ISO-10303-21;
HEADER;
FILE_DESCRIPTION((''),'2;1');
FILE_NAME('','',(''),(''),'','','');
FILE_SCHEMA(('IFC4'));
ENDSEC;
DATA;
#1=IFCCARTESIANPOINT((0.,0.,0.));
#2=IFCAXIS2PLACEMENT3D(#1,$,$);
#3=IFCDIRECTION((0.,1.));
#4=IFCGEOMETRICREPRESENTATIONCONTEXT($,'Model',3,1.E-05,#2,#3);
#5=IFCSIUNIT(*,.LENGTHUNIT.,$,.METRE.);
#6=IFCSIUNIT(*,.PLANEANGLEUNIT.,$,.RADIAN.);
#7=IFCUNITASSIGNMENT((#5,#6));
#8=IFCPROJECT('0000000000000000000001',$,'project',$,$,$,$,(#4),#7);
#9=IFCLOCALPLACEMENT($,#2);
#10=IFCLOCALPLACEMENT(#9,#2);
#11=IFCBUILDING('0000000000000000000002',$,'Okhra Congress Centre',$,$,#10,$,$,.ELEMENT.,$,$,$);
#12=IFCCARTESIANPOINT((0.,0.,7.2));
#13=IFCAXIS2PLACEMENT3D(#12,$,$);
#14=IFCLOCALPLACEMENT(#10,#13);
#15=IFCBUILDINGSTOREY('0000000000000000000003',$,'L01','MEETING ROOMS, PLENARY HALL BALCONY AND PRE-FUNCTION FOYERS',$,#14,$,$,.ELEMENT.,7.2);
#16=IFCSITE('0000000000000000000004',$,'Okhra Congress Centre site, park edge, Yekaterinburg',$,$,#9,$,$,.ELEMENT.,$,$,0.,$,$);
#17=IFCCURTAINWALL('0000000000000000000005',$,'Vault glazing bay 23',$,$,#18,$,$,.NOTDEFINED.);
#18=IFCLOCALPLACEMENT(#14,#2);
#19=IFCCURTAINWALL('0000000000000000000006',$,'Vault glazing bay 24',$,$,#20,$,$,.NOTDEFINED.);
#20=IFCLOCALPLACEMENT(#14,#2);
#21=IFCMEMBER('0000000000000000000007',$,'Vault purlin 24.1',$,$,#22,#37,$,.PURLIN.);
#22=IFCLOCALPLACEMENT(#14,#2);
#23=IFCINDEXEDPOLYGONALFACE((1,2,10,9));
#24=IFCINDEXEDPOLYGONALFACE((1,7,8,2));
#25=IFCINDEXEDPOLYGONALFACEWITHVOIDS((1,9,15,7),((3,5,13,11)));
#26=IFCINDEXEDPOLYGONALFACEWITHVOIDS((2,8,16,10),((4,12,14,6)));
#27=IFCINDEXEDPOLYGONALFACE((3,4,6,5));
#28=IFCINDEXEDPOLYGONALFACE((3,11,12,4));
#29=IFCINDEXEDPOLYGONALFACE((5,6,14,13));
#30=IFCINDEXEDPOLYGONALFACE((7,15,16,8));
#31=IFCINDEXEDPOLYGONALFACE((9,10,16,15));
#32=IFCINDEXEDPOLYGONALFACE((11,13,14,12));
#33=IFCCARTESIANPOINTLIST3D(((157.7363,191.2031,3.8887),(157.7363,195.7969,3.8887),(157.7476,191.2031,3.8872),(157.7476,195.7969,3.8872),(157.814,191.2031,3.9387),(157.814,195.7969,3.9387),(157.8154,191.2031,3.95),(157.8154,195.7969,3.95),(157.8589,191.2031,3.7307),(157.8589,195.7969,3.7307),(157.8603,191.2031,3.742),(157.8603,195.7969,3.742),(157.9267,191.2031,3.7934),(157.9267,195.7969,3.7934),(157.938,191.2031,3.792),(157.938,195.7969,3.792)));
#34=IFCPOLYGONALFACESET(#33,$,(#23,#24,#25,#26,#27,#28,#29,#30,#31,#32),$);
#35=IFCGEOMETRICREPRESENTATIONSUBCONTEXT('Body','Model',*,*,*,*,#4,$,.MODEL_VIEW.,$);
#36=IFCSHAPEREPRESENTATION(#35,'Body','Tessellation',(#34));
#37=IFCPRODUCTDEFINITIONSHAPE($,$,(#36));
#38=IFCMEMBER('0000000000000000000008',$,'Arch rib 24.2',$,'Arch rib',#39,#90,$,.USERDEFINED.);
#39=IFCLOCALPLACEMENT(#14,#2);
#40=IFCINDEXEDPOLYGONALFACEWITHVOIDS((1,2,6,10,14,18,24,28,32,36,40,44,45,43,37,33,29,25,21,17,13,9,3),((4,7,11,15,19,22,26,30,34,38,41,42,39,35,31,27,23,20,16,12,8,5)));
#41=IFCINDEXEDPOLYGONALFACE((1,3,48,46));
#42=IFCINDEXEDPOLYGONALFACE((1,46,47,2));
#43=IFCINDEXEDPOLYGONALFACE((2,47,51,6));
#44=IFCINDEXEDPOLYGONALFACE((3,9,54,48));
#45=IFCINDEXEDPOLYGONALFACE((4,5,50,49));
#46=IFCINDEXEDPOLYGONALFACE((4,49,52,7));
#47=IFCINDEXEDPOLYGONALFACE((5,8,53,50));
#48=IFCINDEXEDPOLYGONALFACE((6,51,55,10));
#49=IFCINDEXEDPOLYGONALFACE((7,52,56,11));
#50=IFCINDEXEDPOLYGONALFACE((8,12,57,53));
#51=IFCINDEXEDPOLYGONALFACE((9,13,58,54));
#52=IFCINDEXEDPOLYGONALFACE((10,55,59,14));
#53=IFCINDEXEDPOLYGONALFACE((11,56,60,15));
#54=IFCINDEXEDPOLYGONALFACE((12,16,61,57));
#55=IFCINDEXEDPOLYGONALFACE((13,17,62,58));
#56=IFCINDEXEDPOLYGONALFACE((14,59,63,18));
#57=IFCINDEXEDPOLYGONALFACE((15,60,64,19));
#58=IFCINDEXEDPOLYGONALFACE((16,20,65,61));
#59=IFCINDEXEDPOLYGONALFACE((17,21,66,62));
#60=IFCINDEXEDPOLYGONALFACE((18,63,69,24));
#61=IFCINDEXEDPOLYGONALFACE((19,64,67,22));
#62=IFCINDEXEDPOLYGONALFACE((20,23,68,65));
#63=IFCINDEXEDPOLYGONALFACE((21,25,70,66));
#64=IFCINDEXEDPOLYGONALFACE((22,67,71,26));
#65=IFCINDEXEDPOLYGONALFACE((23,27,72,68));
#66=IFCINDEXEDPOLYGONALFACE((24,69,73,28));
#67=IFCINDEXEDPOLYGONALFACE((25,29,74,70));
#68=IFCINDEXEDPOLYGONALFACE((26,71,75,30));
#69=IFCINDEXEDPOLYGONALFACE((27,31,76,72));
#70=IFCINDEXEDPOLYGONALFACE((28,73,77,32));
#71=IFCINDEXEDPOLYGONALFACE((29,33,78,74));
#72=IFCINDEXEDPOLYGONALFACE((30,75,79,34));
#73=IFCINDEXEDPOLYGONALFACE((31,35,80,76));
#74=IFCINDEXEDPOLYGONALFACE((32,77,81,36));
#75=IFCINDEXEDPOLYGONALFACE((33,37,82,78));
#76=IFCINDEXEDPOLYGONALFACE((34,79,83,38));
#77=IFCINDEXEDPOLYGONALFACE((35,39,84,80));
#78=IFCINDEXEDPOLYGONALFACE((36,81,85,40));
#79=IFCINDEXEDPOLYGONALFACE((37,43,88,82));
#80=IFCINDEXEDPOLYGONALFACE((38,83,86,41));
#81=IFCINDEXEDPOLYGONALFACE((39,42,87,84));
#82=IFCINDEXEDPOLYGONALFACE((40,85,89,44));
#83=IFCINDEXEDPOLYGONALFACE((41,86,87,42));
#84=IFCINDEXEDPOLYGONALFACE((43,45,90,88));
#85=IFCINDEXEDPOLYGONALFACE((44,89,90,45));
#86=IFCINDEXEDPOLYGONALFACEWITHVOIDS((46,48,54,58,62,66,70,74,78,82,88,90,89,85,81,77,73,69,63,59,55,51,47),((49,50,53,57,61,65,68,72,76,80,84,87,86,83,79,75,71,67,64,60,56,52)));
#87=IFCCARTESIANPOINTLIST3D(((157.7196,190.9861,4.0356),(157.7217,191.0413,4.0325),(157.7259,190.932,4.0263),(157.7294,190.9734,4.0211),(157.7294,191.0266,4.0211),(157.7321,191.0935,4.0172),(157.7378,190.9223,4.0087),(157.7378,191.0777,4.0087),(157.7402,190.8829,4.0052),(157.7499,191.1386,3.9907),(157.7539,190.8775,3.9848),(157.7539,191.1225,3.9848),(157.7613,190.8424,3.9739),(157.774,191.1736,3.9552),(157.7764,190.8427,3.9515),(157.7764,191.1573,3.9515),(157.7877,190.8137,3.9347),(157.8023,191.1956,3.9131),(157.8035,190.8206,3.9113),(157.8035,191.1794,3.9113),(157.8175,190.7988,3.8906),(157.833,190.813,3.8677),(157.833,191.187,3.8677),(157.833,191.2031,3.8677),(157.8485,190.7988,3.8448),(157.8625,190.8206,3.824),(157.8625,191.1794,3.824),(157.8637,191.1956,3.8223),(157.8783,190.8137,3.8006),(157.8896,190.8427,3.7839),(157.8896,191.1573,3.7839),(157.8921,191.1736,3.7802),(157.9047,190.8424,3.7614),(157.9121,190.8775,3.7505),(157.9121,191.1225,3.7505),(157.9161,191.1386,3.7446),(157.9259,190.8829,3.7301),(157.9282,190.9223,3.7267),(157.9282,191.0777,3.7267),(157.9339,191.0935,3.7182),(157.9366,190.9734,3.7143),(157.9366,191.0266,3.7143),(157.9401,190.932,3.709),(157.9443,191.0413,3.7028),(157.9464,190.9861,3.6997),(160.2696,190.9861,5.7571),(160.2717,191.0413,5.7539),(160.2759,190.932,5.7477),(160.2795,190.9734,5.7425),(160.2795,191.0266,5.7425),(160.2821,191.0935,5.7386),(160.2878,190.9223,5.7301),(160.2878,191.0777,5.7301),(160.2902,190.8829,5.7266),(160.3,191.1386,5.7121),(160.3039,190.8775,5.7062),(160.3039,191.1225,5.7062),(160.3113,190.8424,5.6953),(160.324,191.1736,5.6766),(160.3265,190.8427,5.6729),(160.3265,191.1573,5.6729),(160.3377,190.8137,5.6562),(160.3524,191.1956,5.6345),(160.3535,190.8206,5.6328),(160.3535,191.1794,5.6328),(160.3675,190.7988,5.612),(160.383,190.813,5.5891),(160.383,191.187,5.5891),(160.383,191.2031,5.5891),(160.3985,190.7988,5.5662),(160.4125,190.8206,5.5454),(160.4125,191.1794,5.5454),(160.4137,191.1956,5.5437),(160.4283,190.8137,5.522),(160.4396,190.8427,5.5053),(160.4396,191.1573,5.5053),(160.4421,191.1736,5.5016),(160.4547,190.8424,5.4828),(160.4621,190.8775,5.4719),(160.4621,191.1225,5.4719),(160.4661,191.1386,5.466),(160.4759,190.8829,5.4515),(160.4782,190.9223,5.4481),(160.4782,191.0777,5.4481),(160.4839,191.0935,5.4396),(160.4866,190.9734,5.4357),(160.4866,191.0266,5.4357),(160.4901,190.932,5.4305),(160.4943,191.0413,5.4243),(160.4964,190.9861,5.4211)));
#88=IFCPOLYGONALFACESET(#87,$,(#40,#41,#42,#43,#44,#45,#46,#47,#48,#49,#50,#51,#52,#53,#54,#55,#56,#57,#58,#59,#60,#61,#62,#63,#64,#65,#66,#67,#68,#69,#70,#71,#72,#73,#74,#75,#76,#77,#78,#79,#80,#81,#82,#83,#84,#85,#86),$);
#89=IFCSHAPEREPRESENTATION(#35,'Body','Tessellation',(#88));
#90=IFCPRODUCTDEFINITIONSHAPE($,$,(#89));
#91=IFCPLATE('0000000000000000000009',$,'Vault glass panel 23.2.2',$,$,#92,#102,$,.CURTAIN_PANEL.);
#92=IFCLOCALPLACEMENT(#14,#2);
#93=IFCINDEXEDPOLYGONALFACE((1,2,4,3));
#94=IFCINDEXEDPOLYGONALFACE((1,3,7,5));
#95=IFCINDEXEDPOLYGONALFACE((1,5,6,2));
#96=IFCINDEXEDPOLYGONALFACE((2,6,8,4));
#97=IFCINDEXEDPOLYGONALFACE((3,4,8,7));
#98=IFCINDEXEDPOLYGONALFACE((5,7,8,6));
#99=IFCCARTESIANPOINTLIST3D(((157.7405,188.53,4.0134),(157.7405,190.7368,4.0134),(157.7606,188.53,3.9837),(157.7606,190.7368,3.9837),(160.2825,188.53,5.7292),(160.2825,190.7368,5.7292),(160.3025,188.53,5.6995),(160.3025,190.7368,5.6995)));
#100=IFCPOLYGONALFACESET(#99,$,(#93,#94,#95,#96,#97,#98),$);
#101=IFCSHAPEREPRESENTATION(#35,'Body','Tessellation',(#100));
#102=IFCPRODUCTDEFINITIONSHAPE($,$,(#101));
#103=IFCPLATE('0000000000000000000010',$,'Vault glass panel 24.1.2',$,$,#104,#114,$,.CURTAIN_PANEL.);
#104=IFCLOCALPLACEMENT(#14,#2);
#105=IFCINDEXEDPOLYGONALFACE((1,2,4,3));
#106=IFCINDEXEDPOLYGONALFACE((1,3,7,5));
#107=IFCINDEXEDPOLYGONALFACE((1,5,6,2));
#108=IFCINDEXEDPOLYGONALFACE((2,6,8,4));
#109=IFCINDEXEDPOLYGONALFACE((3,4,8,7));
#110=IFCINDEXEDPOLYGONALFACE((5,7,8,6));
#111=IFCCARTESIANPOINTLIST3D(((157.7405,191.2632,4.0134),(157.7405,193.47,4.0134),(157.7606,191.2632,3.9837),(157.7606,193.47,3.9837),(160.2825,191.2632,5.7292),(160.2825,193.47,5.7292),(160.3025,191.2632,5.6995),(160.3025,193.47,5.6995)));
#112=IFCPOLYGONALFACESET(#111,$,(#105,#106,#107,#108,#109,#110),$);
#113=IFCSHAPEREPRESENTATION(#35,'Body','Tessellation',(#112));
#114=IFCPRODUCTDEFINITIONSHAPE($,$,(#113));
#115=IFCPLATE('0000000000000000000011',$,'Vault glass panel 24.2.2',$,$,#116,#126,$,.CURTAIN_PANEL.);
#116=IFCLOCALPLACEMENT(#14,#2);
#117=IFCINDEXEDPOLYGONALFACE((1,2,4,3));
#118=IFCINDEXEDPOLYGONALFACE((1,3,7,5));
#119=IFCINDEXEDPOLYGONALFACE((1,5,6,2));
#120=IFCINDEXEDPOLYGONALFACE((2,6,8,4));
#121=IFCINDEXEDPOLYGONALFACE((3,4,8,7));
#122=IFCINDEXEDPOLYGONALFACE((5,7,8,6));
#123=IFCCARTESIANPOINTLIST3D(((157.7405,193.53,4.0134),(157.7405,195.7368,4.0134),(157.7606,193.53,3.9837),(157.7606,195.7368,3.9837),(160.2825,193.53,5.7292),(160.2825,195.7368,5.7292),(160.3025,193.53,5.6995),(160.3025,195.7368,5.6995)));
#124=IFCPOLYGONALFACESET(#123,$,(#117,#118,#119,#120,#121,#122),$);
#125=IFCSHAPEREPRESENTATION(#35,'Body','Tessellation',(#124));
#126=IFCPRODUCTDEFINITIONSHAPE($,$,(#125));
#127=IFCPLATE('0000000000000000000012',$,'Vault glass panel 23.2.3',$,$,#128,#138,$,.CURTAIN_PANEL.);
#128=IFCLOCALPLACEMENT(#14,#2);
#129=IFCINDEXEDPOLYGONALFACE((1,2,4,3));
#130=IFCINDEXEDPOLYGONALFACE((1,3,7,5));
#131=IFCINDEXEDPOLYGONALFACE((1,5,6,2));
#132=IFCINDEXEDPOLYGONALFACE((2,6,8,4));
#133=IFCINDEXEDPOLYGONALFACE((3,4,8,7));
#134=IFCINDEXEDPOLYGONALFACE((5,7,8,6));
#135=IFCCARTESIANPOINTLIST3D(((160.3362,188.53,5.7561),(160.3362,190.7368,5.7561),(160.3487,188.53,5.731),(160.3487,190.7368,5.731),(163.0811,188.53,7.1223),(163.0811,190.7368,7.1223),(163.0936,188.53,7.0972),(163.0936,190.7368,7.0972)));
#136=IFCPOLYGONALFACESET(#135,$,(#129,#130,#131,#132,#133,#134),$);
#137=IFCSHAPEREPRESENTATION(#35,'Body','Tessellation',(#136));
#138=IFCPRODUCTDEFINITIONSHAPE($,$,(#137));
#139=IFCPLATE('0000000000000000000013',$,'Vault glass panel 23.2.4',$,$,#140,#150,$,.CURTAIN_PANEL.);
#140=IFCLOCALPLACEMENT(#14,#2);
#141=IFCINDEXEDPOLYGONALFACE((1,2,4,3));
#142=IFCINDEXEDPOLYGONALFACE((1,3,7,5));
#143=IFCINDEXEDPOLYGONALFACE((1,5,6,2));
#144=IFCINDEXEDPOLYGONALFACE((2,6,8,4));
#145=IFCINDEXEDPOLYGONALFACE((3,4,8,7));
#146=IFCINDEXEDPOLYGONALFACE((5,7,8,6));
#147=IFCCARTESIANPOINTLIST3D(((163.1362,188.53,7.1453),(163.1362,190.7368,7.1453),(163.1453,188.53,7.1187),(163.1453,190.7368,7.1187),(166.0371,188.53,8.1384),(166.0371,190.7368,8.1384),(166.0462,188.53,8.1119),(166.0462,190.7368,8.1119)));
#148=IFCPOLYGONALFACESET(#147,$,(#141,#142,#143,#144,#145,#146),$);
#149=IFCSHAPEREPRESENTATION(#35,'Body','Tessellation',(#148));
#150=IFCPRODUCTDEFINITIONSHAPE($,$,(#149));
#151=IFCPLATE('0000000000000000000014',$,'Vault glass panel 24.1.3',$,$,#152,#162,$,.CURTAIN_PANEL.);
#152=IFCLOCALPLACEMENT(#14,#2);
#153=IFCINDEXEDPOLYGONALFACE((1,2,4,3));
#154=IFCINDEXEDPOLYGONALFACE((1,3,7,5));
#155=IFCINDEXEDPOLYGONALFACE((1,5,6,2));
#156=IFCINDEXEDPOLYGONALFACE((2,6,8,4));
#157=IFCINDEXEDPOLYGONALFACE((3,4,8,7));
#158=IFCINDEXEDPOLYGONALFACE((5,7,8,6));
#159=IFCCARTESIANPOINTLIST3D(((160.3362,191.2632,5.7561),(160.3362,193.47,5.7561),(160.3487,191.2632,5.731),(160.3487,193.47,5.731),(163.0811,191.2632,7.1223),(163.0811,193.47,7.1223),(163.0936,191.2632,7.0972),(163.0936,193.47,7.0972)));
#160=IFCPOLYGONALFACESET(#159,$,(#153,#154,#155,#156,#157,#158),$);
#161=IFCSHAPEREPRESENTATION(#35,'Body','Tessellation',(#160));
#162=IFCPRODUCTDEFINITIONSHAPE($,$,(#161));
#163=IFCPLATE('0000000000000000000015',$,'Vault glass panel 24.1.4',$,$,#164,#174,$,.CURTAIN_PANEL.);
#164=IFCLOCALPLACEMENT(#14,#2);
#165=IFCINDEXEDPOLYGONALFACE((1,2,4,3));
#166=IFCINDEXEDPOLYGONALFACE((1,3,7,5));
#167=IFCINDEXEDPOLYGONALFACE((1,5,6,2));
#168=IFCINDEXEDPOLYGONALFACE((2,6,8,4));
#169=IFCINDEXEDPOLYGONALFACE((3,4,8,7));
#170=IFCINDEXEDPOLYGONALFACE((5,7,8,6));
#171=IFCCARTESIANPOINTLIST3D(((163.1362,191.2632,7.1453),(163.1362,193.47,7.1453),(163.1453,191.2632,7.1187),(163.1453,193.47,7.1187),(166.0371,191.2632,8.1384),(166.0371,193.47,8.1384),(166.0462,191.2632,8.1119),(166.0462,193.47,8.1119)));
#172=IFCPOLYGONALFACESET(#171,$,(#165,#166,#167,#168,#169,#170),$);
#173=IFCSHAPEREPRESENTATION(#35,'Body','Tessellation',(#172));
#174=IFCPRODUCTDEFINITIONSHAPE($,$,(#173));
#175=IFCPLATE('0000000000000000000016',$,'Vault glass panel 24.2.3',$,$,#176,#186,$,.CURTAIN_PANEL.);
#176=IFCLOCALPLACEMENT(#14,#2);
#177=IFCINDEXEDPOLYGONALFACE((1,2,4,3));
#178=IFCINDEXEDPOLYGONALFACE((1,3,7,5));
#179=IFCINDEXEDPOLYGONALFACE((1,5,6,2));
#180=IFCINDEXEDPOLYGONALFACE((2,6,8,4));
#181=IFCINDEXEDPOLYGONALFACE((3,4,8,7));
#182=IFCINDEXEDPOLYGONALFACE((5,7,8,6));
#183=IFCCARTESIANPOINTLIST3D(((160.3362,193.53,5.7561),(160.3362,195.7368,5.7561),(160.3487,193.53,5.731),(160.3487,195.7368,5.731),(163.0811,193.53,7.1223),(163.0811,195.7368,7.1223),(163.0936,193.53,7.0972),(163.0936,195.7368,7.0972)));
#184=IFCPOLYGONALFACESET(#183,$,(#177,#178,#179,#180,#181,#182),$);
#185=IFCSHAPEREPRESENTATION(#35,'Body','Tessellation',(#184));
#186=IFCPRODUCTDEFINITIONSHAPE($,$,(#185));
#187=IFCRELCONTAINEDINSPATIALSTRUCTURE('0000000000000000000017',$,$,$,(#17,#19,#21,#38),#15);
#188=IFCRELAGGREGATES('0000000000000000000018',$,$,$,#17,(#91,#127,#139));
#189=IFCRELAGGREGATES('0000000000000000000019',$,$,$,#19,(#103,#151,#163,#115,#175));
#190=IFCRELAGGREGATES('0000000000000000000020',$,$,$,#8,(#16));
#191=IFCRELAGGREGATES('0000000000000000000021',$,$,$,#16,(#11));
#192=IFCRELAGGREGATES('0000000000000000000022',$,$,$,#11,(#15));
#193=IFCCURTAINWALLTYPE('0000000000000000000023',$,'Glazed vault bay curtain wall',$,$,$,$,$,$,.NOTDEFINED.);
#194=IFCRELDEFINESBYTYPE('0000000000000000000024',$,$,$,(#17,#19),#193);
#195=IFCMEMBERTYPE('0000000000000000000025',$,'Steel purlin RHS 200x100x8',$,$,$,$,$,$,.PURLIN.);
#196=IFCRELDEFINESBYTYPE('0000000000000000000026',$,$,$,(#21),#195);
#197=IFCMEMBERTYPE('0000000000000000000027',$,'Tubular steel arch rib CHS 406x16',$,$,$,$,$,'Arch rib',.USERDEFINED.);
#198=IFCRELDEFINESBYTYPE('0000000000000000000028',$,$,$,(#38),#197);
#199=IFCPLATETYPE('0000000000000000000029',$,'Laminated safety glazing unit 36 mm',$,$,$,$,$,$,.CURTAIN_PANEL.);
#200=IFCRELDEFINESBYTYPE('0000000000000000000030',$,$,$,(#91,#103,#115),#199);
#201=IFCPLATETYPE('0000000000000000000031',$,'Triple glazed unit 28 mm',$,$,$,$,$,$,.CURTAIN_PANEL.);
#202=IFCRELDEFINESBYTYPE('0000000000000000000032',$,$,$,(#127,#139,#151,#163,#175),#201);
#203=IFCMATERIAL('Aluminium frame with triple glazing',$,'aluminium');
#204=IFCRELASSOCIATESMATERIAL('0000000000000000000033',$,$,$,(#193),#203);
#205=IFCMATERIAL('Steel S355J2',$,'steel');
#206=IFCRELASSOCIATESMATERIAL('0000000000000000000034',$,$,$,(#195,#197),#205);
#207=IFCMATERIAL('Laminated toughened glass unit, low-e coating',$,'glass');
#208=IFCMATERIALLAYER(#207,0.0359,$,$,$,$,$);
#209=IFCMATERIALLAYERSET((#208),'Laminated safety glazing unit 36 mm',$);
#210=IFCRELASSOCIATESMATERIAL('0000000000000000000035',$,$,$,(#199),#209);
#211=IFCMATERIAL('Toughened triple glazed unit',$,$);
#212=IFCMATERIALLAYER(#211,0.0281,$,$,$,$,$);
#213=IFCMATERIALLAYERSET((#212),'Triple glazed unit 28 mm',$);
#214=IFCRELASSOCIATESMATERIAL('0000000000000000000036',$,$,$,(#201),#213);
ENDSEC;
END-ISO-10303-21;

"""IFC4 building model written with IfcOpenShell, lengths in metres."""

from ifc_helpers import new_model, si_unit, direction, frame, origin, origin_2d, place, context, subcontext, project, spatial, polyline, hollow_rectangle, hollow_circle, outline, extrude, material, layer, layer_set, material_profile, profile_set, type_object, element, aggregate, save


model = new_model("IFC4")

# Units and contexts
model_context = context("Model", 3, precision=1e-05, world=origin(), true_north=direction((0.0, 1.0)))
body_context = subcontext(model_context, "Body", "Model", "MODEL_VIEW")
ifc_project = project(units=[si_unit("LENGTHUNIT", "METRE"), si_unit("PLANEANGLEUNIT", "RADIAN")], contexts=[model_context])

# Site, building, storey
site_placement = place(None, origin())
site = spatial("IfcSite", under=ifc_project, at=site_placement, Name="Okhra Congress Centre site, park edge, Yekaterinburg", CompositionType="ELEMENT", RefElevation=0.0)
building_placement = place(site_placement, origin())
building = spatial("IfcBuilding", under=site, at=building_placement, Name="Okhra Congress Centre", CompositionType="ELEMENT")
storey_placement = place(building_placement, frame((0.0, 0.0, 7.2)))
storey = spatial("IfcBuildingStorey", under=building, at=storey_placement, Name="L01", Description="MEETING ROOMS, PLENARY HALL BALCONY AND PRE-FUNCTION FOYERS", CompositionType="ELEMENT", Elevation=7.2)

# Curtain walls
ifc_material_1 = material(Name="Aluminium frame with triple glazing", Category="aluminium")
curtain_wall_type = type_object("IfcCurtainWallType", Name="Glazed vault bay curtain wall", PredefinedType="NOTDEFINED", material=ifc_material_1)
curtain_wall_1_placement = place(storey_placement, origin())
curtain_wall_1 = element("IfcCurtainWall", 1, at=curtain_wall_1_placement, inside=storey, type_object=curtain_wall_type, Name="Vault glazing bay 23", PredefinedType="NOTDEFINED")
curtain_wall_2_placement = place(storey_placement, origin())
curtain_wall_2 = element("IfcCurtainWall", 2, at=curtain_wall_2_placement, inside=storey, type_object=curtain_wall_type, Name="Vault glazing bay 24", PredefinedType="NOTDEFINED")

# Members
ifc_material_2 = material(Name="Steel S355J2", Category="steel")
ifc_material_profile_1 = material_profile(ifc_material_2, hollow_rectangle(XDim=0.1001, YDim=0.2, WallThickness=0.0081, at=origin_2d()), Name="RHS 200x100x8")
ifc_profile_set_1 = profile_set([ifc_material_profile_1], Name="Steel S355J2")
member_type_1 = type_object("IfcMemberType", Name="Steel purlin RHS 200x100x8", PredefinedType="PURLIN", material=ifc_profile_set_1)
member_1_placement = place(storey_placement, frame((157.8372, 191.2031, 3.8403), z_axis=(0.0, 1.0, 0.0), x_axis=(-0.790145, 0.0, -0.61292)))
element("IfcMember", 3, at=member_1_placement, inside=storey, type_object=member_type_1, Name="Vault purlin 24.1", PredefinedType="PURLIN", context=body_context, shape_type="SweptSolid", body=[
    extrude(hollow_rectangle(XDim=0.1001, YDim=0.2, WallThickness=0.0081, at=origin_2d()), origin(), (0.0, 0.0, 1.0), 4.5938),
])
ifc_material_profile_2 = material_profile(ifc_material_2, hollow_circle(Radius=0.2031, WallThickness=0.0161, at=origin_2d()), Name="CHS 406.4x16")
ifc_profile_set_2 = profile_set([ifc_material_profile_2], Name="Steel S355J2")
member_type_2 = type_object("IfcMemberType", Name="Tubular steel arch rib CHS 406x16", ElementType="Arch rib", PredefinedType="USERDEFINED", material=ifc_profile_set_2)
member_2_placement = place(storey_placement, frame((157.833, 191.0, 3.8677), z_axis=(0.828826, 0.0, 0.559507), x_axis=(0.0, 1.0, 0.0)))
element("IfcMember", 4, at=member_2_placement, inside=storey, type_object=member_type_2, Name="Arch rib 24.2", ObjectType="Arch rib", PredefinedType="USERDEFINED", context=body_context, shape_type="SweptSolid", body=[
    extrude(hollow_circle(Radius=0.2031, WallThickness=0.0161, at=origin_2d()), origin(), (0.0, 0.0, 1.0), 3.0767),
])

# Plates
ifc_material_3 = material(Name="Laminated toughened glass unit, low-e coating", Category="glass")
ifc_layer_1 = layer(ifc_material_3, 0.0359)
ifc_layer_set_1 = layer_set([ifc_layer_1], Name="Laminated safety glazing unit 36 mm")
plate_type_1 = type_object("IfcPlateType", Name="Laminated safety glazing unit 36 mm", PredefinedType="CURTAIN_PANEL", material=ifc_layer_set_1)
plate_1_placement = place(storey_placement, frame((157.7405, 188.53, 4.0134), z_axis=(-0.559467, 0.0, 0.828852), x_axis=(0.828852, 0.0, 0.559467)))
plate_1 = element("IfcPlate", 5, at=plate_1_placement, type_object=plate_type_1, Name="Vault glass panel 23.2.2", PredefinedType="CURTAIN_PANEL", context=body_context, shape_type="SweptSolid", body=[
    extrude(outline(polyline([(0.0, 0.0), (3.0669, 0.0), (3.0669, 2.2068), (0.0, 2.2068), (0.0, 0.0)])), origin(), (0.0, 0.0, -1.0), 0.0359),
])
plate_2_placement = place(storey_placement, frame((157.7405, 191.2632, 4.0134), z_axis=(-0.559467, 0.0, 0.828852), x_axis=(0.828852, 0.0, 0.559467)))
plate_2 = element("IfcPlate", 6, at=plate_2_placement, type_object=plate_type_1, Name="Vault glass panel 24.1.2", PredefinedType="CURTAIN_PANEL", context=body_context, shape_type="SweptSolid", body=[
    extrude(outline(polyline([(0.0, 0.0), (3.0669, 0.0), (3.0669, 2.2068), (0.0, 2.2068), (0.0, 0.0)])), origin(), (0.0, 0.0, -1.0), 0.0359),
])
plate_3_placement = place(storey_placement, frame((157.7405, 193.53, 4.0134), z_axis=(-0.559467, 0.0, 0.828852), x_axis=(0.828852, 0.0, 0.559467)))
plate_3 = element("IfcPlate", 7, at=plate_3_placement, type_object=plate_type_1, Name="Vault glass panel 24.2.2", PredefinedType="CURTAIN_PANEL", context=body_context, shape_type="SweptSolid", body=[
    extrude(outline(polyline([(0.0, 0.0), (3.0669, 0.0), (3.0669, 2.2068), (0.0, 2.2068), (0.0, 0.0)])), origin(), (0.0, 0.0, -1.0), 0.0359),
])
ifc_material_4 = material(Name="Toughened triple glazed unit")
ifc_layer_2 = layer(ifc_material_4, 0.0281)
ifc_layer_set_2 = layer_set([ifc_layer_2], Name="Triple glazed unit 28 mm")
plate_type_2 = type_object("IfcPlateType", Name="Triple glazed unit 28 mm", PredefinedType="CURTAIN_PANEL", material=ifc_layer_set_2)
plate_4_placement = place(storey_placement, frame((160.3362, 188.53, 5.7561), z_axis=(-0.445588, 0.0, 0.895238), x_axis=(0.895238, 0.0, 0.445588)))
plate_4 = element("IfcPlate", 8, at=plate_4_placement, type_object=plate_type_2, Name="Vault glass panel 23.2.3", PredefinedType="CURTAIN_PANEL", context=body_context, shape_type="SweptSolid", body=[
    extrude(outline(polyline([(0.0, 0.0), (3.0661, 0.0), (3.0661, 2.2068), (0.0, 2.2068), (0.0, 0.0)])), origin(), (0.0, 0.0, -1.0), 0.0281),
])
plate_5_placement = place(storey_placement, frame((163.1362, 188.53, 7.1453), z_axis=(-0.323909, 0.0, 0.946088), x_axis=(0.946088, 0.0, 0.323909)))
plate_5 = element("IfcPlate", 9, at=plate_5_placement, type_object=plate_type_2, Name="Vault glass panel 23.2.4", PredefinedType="CURTAIN_PANEL", context=body_context, shape_type="SweptSolid", body=[
    extrude(outline(polyline([(0.0, 0.0), (3.0662, 0.0), (3.0662, 2.2068), (0.0, 2.2068), (0.0, 0.0)])), origin(), (0.0, 0.0, -1.0), 0.0281),
])
aggregate(curtain_wall_1, [plate_1, plate_4, plate_5])
plate_6_placement = place(storey_placement, frame((160.3362, 191.2632, 5.7561), z_axis=(-0.445588, 0.0, 0.895238), x_axis=(0.895238, 0.0, 0.445588)))
plate_6 = element("IfcPlate", 10, at=plate_6_placement, type_object=plate_type_2, Name="Vault glass panel 24.1.3", PredefinedType="CURTAIN_PANEL", context=body_context, shape_type="SweptSolid", body=[
    extrude(outline(polyline([(0.0, 0.0), (3.0661, 0.0), (3.0661, 2.2068), (0.0, 2.2068), (0.0, 0.0)])), origin(), (0.0, 0.0, -1.0), 0.0281),
])
plate_7_placement = place(storey_placement, frame((163.1362, 191.2632, 7.1453), z_axis=(-0.323909, 0.0, 0.946088), x_axis=(0.946088, 0.0, 0.323909)))
plate_7 = element("IfcPlate", 11, at=plate_7_placement, type_object=plate_type_2, Name="Vault glass panel 24.1.4", PredefinedType="CURTAIN_PANEL", context=body_context, shape_type="SweptSolid", body=[
    extrude(outline(polyline([(0.0, 0.0), (3.0662, 0.0), (3.0662, 2.2068), (0.0, 2.2068), (0.0, 0.0)])), origin(), (0.0, 0.0, -1.0), 0.0281),
])
plate_8_placement = place(storey_placement, frame((160.3362, 193.53, 5.7561), z_axis=(-0.445588, 0.0, 0.895238), x_axis=(0.895238, 0.0, 0.445588)))
plate_8 = element("IfcPlate", 12, at=plate_8_placement, type_object=plate_type_2, Name="Vault glass panel 24.2.3", PredefinedType="CURTAIN_PANEL", context=body_context, shape_type="SweptSolid", body=[
    extrude(outline(polyline([(0.0, 0.0), (3.0661, 0.0), (3.0661, 2.2068), (0.0, 2.2068), (0.0, 0.0)])), origin(), (0.0, 0.0, -1.0), 0.0281),
])
aggregate(curtain_wall_2, [plate_2, plate_6, plate_7, plate_3, plate_8])

save(model, "model.ifc")
